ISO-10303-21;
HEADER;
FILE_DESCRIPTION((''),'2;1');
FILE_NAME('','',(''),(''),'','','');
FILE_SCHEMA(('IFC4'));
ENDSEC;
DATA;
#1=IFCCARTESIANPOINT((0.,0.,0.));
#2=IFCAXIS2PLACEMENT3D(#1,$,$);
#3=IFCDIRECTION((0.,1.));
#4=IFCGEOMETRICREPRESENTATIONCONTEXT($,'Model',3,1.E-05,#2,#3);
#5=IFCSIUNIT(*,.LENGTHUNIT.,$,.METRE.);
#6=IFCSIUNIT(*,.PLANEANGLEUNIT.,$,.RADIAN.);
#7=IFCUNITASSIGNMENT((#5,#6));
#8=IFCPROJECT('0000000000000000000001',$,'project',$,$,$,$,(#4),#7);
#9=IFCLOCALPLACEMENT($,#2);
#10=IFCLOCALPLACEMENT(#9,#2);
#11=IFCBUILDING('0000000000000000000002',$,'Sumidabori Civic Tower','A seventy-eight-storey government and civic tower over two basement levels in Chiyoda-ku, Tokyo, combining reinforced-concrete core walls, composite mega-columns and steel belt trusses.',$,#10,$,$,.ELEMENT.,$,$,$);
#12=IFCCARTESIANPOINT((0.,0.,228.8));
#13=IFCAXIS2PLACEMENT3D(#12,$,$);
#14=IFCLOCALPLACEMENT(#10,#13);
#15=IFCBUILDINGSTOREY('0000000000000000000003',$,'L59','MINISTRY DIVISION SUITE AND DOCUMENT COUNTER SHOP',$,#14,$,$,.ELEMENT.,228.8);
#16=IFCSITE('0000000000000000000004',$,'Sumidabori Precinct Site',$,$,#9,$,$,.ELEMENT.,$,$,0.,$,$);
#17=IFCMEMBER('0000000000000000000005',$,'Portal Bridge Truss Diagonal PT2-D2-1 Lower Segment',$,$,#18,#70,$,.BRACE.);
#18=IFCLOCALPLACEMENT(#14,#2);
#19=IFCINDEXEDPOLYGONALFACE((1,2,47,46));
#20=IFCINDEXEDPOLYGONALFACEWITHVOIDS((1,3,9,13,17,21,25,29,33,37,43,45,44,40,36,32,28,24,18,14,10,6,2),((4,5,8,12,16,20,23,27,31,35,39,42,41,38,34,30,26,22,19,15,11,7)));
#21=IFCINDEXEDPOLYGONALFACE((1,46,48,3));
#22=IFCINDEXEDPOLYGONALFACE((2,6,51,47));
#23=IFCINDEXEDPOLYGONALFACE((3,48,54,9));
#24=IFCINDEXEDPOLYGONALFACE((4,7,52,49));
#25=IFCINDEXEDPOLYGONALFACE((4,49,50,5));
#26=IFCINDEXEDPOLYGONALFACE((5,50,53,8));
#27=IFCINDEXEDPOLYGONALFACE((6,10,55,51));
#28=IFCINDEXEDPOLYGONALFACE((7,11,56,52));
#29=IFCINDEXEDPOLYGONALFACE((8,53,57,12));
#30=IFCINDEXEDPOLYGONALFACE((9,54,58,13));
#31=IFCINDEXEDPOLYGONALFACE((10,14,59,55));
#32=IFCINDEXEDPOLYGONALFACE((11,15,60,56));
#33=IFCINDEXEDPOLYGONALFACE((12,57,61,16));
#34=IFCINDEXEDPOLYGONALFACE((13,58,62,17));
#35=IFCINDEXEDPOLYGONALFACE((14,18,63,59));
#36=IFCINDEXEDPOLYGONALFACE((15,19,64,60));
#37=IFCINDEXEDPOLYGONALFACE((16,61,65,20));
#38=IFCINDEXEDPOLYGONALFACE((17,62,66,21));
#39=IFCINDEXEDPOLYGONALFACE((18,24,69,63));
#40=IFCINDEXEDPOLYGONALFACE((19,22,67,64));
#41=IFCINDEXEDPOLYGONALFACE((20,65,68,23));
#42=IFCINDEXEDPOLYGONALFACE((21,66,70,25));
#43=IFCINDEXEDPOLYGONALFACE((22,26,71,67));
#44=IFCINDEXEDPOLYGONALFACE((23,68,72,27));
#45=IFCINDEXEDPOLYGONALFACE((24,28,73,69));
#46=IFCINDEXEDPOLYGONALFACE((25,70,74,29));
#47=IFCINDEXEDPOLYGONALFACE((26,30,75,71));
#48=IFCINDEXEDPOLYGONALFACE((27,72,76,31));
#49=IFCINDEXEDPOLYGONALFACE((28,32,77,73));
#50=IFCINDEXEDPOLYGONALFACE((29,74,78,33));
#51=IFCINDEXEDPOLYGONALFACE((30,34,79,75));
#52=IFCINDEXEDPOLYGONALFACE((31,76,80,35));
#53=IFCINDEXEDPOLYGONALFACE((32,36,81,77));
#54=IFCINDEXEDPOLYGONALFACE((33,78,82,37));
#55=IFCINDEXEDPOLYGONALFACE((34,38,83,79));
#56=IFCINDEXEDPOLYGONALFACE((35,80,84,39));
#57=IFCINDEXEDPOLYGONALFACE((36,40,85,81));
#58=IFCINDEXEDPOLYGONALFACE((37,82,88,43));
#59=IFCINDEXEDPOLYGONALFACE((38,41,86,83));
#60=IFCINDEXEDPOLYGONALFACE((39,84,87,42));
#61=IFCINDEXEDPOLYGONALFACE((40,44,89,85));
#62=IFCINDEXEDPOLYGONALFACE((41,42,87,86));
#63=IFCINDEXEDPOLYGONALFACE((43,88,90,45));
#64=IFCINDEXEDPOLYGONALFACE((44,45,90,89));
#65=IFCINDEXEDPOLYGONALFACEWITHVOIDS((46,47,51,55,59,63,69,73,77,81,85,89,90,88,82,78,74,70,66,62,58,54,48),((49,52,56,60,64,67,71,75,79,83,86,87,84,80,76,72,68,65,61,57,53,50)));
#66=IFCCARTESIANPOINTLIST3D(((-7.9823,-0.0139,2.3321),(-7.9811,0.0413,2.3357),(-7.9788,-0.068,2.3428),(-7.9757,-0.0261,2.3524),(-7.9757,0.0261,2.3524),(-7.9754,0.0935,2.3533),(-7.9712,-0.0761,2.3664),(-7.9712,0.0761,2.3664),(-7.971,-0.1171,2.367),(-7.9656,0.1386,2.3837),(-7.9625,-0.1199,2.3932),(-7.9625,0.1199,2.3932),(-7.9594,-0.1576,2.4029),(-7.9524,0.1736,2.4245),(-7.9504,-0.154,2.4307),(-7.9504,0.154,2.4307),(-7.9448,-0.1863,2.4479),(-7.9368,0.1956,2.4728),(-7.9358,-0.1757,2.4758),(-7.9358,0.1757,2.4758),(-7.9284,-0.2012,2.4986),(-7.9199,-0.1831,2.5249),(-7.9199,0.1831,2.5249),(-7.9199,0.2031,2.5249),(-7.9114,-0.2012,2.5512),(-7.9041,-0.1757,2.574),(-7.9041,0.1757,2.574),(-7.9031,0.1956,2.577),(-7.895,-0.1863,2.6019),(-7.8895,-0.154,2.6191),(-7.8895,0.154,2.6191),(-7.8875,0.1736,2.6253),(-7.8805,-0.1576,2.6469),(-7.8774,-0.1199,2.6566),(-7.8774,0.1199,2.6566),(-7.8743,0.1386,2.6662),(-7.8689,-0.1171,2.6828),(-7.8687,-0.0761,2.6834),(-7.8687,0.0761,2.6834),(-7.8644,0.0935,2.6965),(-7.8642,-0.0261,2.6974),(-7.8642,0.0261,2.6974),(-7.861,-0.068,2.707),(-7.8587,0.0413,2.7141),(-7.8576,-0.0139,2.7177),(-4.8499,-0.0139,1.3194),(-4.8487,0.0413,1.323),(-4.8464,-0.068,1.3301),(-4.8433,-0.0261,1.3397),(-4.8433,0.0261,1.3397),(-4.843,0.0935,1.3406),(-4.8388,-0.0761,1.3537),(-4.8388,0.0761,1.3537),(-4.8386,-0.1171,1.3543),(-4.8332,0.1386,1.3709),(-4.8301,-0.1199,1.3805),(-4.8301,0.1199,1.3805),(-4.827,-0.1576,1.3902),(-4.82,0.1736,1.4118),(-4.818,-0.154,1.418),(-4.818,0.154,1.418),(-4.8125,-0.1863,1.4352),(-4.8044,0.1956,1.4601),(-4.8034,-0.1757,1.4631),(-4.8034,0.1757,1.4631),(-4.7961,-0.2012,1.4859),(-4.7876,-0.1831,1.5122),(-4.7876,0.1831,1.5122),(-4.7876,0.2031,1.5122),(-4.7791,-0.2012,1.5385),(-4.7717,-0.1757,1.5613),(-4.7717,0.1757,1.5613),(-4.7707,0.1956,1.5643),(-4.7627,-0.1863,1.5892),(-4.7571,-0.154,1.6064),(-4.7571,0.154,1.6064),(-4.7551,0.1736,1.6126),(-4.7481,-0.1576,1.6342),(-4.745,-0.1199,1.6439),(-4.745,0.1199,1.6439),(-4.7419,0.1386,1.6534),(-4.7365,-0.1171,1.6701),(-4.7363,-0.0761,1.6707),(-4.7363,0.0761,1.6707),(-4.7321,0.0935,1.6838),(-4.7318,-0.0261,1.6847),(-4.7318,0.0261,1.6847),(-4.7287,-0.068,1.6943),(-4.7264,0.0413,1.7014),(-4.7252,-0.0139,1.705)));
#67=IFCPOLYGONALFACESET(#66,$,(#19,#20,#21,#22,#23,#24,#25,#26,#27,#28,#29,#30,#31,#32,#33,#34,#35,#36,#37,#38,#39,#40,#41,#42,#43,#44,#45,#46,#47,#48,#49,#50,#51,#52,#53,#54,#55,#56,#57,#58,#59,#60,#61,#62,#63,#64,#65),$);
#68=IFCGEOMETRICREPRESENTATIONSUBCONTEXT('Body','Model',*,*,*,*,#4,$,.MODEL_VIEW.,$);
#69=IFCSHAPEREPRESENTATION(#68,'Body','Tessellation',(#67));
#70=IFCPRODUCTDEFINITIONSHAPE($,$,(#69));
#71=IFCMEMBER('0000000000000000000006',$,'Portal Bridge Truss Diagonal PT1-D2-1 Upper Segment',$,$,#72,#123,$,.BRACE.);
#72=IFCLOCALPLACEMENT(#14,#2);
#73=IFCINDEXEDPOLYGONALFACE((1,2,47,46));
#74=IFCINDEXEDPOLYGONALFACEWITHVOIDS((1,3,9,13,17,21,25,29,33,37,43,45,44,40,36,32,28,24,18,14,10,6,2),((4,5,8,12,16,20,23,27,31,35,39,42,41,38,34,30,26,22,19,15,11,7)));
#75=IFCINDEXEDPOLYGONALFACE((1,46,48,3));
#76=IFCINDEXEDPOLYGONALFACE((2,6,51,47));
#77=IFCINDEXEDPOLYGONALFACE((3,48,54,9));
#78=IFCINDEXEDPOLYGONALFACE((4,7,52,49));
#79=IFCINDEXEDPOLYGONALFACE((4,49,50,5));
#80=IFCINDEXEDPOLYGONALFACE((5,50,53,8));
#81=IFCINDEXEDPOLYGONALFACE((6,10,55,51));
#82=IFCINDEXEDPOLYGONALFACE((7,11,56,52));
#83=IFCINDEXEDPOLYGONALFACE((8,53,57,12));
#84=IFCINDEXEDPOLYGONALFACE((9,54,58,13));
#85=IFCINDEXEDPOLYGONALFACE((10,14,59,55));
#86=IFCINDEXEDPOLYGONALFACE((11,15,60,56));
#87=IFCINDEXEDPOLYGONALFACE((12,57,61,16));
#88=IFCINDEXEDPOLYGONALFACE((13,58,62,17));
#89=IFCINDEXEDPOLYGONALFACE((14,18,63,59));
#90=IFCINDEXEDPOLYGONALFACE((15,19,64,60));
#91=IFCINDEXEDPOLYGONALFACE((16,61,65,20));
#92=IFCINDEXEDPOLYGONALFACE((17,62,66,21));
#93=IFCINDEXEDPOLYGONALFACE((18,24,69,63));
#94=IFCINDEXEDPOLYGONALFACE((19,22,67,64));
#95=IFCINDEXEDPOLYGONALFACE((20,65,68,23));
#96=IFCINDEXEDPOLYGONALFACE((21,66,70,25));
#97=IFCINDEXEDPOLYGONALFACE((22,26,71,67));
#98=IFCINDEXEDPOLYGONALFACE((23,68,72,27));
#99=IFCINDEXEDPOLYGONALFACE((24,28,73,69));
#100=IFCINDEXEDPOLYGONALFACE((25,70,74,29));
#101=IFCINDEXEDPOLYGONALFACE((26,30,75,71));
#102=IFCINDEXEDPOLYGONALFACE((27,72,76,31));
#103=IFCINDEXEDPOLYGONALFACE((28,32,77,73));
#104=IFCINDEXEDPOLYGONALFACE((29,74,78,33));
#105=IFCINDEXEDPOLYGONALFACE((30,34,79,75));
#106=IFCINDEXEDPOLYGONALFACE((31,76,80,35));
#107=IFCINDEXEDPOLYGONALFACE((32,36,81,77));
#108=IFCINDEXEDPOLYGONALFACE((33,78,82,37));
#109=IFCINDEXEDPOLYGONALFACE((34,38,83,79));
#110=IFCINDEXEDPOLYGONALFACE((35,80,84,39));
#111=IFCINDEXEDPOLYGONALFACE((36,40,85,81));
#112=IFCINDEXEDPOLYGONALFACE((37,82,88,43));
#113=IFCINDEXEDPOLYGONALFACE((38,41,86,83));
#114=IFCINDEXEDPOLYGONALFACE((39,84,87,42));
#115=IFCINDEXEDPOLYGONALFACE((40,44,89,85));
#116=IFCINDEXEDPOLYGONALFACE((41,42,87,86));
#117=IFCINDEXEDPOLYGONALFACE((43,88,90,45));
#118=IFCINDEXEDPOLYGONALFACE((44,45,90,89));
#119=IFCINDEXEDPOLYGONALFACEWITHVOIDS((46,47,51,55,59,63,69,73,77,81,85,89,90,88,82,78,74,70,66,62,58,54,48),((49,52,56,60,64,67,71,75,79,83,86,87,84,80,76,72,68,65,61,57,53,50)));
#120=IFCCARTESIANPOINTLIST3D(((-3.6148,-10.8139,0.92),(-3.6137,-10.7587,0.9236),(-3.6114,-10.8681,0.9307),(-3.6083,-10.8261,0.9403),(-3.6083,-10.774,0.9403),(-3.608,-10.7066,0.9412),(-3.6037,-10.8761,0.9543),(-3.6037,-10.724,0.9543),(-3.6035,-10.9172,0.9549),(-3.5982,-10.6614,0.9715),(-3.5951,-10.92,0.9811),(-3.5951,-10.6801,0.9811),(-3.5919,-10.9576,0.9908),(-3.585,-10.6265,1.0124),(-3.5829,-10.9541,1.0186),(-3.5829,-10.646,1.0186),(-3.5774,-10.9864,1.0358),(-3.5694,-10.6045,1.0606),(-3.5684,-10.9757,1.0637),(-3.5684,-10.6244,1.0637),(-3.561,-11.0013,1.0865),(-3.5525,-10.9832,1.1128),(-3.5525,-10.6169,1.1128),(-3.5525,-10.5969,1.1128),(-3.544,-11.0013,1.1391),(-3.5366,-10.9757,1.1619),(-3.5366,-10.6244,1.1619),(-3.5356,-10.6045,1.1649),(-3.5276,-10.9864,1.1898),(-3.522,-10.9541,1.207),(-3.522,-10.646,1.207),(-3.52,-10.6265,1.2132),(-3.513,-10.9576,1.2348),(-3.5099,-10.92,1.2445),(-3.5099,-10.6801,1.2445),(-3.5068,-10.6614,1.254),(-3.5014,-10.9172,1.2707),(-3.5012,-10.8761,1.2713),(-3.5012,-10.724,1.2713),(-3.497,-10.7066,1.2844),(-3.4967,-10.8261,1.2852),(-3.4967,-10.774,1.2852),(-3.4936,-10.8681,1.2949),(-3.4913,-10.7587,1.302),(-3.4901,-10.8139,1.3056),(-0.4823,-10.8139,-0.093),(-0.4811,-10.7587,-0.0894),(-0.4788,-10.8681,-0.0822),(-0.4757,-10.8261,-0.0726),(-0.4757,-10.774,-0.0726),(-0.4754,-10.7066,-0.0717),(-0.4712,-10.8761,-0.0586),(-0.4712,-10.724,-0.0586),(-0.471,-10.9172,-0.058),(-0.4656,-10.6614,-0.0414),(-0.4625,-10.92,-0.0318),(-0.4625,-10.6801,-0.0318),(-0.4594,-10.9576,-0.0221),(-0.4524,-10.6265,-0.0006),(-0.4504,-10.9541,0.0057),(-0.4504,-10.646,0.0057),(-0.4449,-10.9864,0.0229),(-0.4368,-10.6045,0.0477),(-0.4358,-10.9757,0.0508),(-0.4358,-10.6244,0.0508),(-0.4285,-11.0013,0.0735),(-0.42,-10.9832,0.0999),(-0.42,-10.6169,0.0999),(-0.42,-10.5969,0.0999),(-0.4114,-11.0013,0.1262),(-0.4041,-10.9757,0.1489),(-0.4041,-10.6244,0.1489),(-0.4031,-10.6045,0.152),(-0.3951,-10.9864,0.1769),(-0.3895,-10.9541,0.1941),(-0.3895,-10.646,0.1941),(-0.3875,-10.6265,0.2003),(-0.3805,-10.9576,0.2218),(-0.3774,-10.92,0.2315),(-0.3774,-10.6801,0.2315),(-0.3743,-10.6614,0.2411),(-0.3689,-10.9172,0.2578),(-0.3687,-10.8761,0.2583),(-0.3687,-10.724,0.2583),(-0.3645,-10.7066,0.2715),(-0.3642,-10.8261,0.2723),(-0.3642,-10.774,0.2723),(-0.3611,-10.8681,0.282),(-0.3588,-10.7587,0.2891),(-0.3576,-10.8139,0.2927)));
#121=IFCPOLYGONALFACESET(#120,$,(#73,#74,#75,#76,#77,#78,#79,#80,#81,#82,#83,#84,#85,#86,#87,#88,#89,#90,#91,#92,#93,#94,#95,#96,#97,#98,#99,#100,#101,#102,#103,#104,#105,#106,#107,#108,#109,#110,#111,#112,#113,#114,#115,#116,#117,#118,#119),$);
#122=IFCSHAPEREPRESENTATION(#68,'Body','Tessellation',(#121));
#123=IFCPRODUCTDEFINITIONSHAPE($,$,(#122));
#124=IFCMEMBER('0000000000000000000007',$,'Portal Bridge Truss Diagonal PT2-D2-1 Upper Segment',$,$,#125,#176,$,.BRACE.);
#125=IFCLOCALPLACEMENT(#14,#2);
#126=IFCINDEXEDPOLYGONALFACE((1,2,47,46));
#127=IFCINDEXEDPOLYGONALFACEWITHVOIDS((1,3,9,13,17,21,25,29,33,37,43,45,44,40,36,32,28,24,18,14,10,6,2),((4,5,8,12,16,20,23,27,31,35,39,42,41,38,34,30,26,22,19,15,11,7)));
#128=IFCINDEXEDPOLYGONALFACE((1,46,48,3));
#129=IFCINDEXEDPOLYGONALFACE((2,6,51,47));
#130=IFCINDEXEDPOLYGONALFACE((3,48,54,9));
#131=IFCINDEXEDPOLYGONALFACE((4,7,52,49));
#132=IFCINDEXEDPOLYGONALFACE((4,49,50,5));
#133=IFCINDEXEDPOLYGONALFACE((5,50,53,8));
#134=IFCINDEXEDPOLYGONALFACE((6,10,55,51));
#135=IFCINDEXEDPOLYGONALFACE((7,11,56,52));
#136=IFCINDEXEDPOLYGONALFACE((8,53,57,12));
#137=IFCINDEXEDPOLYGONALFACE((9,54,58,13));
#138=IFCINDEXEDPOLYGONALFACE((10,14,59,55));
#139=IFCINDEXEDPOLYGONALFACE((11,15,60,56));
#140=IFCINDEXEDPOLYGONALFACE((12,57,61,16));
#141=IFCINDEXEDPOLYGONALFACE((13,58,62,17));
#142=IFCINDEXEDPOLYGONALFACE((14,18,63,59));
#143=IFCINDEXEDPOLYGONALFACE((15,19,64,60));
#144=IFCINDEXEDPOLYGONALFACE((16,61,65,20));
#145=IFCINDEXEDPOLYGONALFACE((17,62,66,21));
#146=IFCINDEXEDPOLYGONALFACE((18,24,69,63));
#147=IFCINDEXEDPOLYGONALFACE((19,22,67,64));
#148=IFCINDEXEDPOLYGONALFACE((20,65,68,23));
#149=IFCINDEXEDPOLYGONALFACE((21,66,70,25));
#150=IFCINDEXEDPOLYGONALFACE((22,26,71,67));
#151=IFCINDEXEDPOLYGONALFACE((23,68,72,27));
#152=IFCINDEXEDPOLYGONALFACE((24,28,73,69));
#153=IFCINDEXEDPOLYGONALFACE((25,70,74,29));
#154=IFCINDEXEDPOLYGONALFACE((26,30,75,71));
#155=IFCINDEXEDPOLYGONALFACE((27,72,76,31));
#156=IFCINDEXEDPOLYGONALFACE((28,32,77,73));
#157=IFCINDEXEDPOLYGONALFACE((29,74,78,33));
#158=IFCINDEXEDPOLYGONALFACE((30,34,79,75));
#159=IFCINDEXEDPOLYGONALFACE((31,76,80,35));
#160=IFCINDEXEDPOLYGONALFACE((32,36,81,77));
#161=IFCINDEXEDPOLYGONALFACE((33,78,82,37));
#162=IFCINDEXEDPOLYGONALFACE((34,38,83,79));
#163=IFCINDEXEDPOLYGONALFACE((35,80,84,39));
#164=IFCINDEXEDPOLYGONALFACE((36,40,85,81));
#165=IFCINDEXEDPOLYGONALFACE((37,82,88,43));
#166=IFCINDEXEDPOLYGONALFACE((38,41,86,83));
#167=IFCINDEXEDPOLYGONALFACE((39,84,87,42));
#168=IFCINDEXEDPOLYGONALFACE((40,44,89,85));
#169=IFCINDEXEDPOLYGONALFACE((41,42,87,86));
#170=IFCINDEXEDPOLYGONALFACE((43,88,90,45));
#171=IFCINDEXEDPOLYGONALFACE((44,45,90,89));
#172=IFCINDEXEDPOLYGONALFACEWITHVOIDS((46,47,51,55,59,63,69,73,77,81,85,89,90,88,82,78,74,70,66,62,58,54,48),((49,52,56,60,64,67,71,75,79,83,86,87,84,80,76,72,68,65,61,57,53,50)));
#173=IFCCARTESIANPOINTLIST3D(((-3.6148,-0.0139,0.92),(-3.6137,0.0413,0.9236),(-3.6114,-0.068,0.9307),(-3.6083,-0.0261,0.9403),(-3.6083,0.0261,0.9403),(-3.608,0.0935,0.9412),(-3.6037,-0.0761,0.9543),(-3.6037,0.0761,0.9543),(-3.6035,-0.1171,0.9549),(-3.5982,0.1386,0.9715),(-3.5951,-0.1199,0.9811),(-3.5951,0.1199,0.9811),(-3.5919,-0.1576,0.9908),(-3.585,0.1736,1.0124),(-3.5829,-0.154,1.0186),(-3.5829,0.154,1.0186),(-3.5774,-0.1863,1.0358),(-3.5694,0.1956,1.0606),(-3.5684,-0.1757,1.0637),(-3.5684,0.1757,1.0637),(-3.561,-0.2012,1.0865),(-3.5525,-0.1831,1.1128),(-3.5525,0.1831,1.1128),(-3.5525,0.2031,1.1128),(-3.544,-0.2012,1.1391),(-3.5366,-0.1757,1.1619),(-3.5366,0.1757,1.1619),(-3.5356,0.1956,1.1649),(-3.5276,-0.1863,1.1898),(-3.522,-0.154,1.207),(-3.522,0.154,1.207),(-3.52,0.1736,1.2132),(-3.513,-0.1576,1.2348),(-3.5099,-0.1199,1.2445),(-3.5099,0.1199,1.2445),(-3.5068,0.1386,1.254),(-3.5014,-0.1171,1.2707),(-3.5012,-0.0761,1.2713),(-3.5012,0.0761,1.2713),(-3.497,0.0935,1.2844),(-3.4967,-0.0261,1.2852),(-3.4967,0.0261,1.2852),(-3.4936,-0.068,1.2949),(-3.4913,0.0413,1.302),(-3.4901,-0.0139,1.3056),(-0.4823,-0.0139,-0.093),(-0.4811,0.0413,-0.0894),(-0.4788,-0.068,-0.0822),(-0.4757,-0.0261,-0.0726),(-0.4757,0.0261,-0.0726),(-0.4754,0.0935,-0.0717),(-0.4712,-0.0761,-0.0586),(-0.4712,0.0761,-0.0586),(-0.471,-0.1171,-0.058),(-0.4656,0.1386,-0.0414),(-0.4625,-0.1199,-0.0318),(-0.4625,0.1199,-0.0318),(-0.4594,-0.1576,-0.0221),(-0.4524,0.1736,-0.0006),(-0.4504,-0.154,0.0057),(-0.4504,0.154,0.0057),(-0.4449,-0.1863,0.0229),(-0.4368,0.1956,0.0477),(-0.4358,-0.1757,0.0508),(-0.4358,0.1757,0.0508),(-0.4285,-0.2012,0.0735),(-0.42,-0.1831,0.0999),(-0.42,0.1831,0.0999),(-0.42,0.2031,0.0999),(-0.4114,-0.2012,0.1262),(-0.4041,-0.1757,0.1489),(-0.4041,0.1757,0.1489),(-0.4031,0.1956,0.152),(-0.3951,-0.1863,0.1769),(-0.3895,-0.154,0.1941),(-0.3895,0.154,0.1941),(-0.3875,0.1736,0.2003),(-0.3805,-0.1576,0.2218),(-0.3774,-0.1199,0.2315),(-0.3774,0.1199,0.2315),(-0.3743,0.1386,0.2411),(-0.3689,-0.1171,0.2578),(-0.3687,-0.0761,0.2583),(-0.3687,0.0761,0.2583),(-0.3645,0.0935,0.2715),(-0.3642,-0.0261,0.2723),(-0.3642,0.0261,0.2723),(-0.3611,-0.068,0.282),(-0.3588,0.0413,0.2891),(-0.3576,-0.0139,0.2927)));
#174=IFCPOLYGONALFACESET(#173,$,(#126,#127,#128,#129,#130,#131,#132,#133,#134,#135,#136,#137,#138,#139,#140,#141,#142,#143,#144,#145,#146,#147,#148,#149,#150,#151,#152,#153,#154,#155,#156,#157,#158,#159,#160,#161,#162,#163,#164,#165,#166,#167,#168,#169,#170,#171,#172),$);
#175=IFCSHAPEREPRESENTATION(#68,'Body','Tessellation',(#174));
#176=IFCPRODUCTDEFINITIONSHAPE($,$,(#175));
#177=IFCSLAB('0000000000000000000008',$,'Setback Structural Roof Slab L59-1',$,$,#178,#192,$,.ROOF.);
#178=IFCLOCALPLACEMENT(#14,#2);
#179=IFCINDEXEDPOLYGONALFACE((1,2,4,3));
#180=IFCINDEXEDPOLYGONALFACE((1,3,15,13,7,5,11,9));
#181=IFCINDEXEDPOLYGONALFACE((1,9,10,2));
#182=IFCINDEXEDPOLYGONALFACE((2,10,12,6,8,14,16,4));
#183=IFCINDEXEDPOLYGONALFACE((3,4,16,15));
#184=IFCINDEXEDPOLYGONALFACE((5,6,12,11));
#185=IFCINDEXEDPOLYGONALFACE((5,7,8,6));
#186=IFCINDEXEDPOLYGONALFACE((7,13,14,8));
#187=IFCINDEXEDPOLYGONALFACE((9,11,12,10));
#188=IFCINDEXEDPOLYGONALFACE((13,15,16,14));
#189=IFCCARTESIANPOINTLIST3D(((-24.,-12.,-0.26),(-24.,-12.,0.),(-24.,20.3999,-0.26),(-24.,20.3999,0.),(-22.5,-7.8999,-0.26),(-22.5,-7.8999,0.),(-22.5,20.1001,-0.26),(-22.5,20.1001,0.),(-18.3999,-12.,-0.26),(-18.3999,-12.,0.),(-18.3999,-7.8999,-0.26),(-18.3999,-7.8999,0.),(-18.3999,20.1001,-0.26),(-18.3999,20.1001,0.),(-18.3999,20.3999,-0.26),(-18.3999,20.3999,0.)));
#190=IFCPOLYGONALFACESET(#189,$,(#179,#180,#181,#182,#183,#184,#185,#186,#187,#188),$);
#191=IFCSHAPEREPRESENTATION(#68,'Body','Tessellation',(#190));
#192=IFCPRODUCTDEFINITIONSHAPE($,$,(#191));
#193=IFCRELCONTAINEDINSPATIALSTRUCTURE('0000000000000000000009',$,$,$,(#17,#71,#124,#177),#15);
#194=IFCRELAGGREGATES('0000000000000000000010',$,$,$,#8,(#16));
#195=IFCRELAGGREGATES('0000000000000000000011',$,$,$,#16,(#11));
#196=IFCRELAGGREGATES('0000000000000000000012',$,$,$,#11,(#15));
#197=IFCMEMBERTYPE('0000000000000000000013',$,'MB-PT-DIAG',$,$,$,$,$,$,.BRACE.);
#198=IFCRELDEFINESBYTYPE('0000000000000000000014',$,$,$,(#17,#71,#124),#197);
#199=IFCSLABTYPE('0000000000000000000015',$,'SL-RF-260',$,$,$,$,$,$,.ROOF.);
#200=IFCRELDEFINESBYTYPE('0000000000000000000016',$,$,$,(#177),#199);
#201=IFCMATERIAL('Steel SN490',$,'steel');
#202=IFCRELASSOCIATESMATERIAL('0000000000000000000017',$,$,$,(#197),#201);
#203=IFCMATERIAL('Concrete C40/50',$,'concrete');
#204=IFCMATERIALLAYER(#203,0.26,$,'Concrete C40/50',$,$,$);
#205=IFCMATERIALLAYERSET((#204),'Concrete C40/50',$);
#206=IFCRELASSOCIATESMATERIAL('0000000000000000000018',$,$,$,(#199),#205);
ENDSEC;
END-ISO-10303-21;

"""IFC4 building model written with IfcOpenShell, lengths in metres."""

from ifc_helpers import new_model, si_unit, direction, frame, origin, origin_2d, place, context, subcontext, project, spatial, polyline, hollow_circle, outline, extrude, source, transform, mapped, material, layer, layer_set, material_profile, profile_set, type_object, element, save


model = new_model("IFC4")

# Units and contexts
model_context = context("Model", 3, precision=1e-05, world=origin(), true_north=direction((0.0, 1.0)))
body_context = subcontext(model_context, "Body", "Model", "MODEL_VIEW")
ifc_project = project(units=[si_unit("LENGTHUNIT", "METRE"), si_unit("PLANEANGLEUNIT", "RADIAN")], contexts=[model_context])

# Site, building, storey
site_placement = place(None, origin())
site = spatial("IfcSite", under=ifc_project, at=site_placement, Name="Sumidabori Precinct Site", CompositionType="ELEMENT", RefElevation=0.0)
building_placement = place(site_placement, origin())
building = spatial("IfcBuilding", under=site, at=building_placement, Name="Sumidabori Civic Tower", Description="A seventy-eight-storey government and civic tower over two basement levels in Chiyoda-ku, Tokyo, combining reinforced-concrete core walls, composite mega-columns and steel belt trusses.", CompositionType="ELEMENT")
storey_placement = place(building_placement, frame((0.0, 0.0, 228.8)))
storey = spatial("IfcBuildingStorey", under=building, at=storey_placement, Name="L59", Description="MINISTRY DIVISION SUITE AND DOCUMENT COUNTER SHOP", CompositionType="ELEMENT", Elevation=228.8)

# Shared definitions
ifc_material_1 = material(Name="Steel SN490", Category="steel")

# Members
ifc_material_profile_1 = material_profile(ifc_material_1, hollow_circle(Radius=0.2031, WallThickness=0.02, at=origin_2d()), Name="CHS 406.4x20")
ifc_profile_set_1 = profile_set([ifc_material_profile_1], Name="Steel SN490")
member_type = type_object("IfcMemberType", Name="MB-PT-DIAG", PredefinedType="BRACE", material=ifc_profile_set_1)
shared_shape_1 = source(origin(), body_context, "Body", "SweptSolid", [
    extrude(hollow_circle(Radius=0.2031, WallThickness=0.02, at=origin_2d()), origin(), (0.0, 0.0, 1.0), 3.292),
])
for number, where, z_axis, x_axis, name in (
    (1, (-7.9199, 0.0, 2.5249), (0.951507, 0.0, -0.307627), (0.0, 1.0, 0.0), "Portal Bridge Truss Diagonal PT2-D2-1 Lower Segment"),
):
    element("IfcMember", number, at=place(storey_placement, frame(where, z_axis=z_axis, x_axis=x_axis)), inside=storey, type_object=member_type, Name=name, PredefinedType="BRACE", context=body_context, shape_type="MappedRepresentation", body=[
        mapped(shared_shape_1, transform((0.0, 0.0, 0.0), x_axis=(1.0, 0.0, 0.0), y_axis=(0.0, 1.0, 0.0), z_axis=(0.0, 0.0, 1.0), scale=1.0)),
    ])
shared_shape_2 = source(origin(), body_context, "Body", "SweptSolid", [
    extrude(hollow_circle(Radius=0.2031, WallThickness=0.02, at=origin_2d()), origin(), (0.0, 0.0, 1.0), 3.2922),
])
for number, where, z_axis, x_axis, name in (
    (2, (-3.5525, -10.8, 1.1128), (0.951492, 0.0, -0.307672), (0.0, 1.0, 0.0), "Portal Bridge Truss Diagonal PT1-D2-1 Upper Segment"),
    (3, (-3.5525, 0.0, 1.1128), (0.951492, 0.0, -0.307672), (0.0, 1.0, 0.0), "Portal Bridge Truss Diagonal PT2-D2-1 Upper Segment"),
):
    element("IfcMember", number, at=place(storey_placement, frame(where, z_axis=z_axis, x_axis=x_axis)), inside=storey, type_object=member_type, Name=name, PredefinedType="BRACE", context=body_context, shape_type="MappedRepresentation", body=[
        mapped(shared_shape_2, transform((0.0, 0.0, 0.0), x_axis=(1.0, 0.0, 0.0), y_axis=(0.0, 1.0, 0.0), z_axis=(0.0, 0.0, 1.0), scale=1.0)),
    ])

# Slab
ifc_material_2 = material(Name="Concrete C40/50", Category="concrete")
ifc_layer_1 = layer(ifc_material_2, 0.26, Name="Concrete C40/50")
ifc_layer_set_1 = layer_set([ifc_layer_1], Name="Concrete C40/50")
slab_type_1 = type_object("IfcSlabType", Name="SL-RF-260", PredefinedType="ROOF", material=ifc_layer_set_1)
slab_1_placement = place(storey_placement, frame((0.0, 0.0, -0.26)))
element("IfcSlab", 4, at=slab_1_placement, inside=storey, type_object=slab_type_1, Name="Setback Structural Roof Slab L59-1", PredefinedType="ROOF", context=body_context, shape_type="SweptSolid", body=[
    extrude(outline(polyline([(-24.0, -12.0), (-24.0, 20.3999), (-18.3999, 20.3999), (-18.3999, 20.1001), (-22.5, 20.1001), (-22.5, -7.8999), (-18.3999, -7.8999), (-18.3999, -12.0), (-24.0, -12.0)])), origin(), (0.0, 0.0, 1.0), 0.26),
])

save(model, "model.ifc")
